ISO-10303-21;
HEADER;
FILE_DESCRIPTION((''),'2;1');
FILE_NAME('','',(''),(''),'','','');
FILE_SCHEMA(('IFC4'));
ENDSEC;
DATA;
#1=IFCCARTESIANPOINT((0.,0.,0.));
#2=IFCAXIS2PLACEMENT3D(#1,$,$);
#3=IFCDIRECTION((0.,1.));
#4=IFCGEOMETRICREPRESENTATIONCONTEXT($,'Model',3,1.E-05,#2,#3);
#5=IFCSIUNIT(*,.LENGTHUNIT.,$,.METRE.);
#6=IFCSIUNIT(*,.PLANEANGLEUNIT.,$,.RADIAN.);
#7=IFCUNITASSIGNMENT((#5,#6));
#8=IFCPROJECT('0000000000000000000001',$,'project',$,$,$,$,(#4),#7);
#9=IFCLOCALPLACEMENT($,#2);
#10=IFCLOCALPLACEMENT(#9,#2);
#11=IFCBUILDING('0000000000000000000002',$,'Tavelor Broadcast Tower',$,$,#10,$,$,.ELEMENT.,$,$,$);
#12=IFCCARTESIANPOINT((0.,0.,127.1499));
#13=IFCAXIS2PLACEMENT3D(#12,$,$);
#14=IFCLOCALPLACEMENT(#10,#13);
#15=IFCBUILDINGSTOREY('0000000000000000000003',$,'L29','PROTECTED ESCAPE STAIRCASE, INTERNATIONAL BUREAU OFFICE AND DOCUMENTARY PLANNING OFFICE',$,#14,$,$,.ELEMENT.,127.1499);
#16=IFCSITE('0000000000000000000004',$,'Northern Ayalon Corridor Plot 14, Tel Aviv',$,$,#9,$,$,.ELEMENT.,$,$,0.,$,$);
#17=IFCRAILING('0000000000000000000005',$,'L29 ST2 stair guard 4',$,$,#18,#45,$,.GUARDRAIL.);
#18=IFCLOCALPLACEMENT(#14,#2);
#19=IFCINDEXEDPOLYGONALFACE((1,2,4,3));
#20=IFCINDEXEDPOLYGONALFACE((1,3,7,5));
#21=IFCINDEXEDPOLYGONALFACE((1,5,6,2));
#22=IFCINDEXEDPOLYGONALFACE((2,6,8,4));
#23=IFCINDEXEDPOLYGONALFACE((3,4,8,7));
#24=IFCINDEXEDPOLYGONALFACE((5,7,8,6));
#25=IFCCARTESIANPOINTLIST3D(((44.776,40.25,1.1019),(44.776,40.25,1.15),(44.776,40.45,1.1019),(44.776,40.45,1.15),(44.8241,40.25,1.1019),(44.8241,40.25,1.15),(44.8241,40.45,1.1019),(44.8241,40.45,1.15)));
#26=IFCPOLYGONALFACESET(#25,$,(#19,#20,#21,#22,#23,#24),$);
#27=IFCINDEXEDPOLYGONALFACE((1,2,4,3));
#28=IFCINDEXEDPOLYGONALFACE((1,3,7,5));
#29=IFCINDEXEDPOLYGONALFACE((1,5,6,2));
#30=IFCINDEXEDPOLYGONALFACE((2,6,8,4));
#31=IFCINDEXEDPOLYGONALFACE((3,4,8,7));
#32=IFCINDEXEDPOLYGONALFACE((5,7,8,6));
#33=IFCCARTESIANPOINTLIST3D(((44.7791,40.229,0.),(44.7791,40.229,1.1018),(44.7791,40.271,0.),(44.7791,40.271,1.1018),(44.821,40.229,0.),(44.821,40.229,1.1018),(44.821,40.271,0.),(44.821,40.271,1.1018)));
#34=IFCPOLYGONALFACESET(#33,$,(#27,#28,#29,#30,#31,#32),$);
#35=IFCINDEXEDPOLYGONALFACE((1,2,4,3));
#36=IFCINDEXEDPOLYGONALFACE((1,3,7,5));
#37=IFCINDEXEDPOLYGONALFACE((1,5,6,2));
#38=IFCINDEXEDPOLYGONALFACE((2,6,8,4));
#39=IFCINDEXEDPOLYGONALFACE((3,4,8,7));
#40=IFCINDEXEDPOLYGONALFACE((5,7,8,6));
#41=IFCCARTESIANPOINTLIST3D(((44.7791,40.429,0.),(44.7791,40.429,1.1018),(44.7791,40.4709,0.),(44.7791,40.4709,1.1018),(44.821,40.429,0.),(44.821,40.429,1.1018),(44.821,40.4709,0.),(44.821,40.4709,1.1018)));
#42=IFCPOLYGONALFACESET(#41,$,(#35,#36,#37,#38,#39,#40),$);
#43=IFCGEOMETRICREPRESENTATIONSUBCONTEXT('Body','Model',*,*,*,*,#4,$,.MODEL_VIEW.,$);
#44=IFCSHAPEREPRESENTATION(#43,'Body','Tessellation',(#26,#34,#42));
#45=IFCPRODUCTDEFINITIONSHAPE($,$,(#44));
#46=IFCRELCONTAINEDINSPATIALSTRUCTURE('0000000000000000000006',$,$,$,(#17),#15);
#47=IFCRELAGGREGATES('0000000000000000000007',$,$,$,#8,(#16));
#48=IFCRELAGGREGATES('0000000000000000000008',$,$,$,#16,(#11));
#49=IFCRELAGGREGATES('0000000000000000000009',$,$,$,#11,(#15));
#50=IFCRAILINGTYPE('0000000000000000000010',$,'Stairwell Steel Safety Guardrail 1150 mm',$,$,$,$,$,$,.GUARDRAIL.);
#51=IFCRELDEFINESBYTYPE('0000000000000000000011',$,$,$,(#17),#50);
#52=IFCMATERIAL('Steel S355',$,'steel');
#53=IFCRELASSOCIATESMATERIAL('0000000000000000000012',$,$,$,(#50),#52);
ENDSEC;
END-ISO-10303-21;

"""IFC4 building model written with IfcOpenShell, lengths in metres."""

from ifc_helpers import new_model, si_unit, direction, frame, origin, origin_2d, place, context, subcontext, project, spatial, rectangle, extrude, material, type_object, element, save


model = new_model("IFC4")

# Units and contexts
model_context = context("Model", 3, precision=1e-05, world=origin(), true_north=direction((0.0, 1.0)))
body_context = subcontext(model_context, "Body", "Model", "MODEL_VIEW")
ifc_project = project(units=[si_unit("LENGTHUNIT", "METRE"), si_unit("PLANEANGLEUNIT", "RADIAN")], contexts=[model_context])

# Site, building, storey
site_placement = place(None, origin())
site = spatial("IfcSite", under=ifc_project, at=site_placement, Name="Northern Ayalon Corridor Plot 14, Tel Aviv", CompositionType="ELEMENT", RefElevation=0.0)
building_placement = place(site_placement, origin())
building = spatial("IfcBuilding", under=site, at=building_placement, Name="Tavelor Broadcast Tower", CompositionType="ELEMENT")
storey_placement = place(building_placement, frame((0.0, 0.0, 127.1499)))
storey = spatial("IfcBuildingStorey", under=building, at=storey_placement, Name="L29", Description="PROTECTED ESCAPE STAIRCASE, INTERNATIONAL BUREAU OFFICE AND DOCUMENTARY PLANNING OFFICE", CompositionType="ELEMENT", Elevation=127.1499)

# Shared definitions
ifc_material_1 = material(Name="Steel S355", Category="steel")

# Railing
railing_type_1 = type_object("IfcRailingType", Name="Stairwell Steel Safety Guardrail 1150 mm", PredefinedType="GUARDRAIL", material=ifc_material_1)
railing_1_placement = place(storey_placement, frame((44.8, 40.25, 0.0)))
element("IfcRailing", 1, at=railing_1_placement, inside=storey, type_object=railing_type_1, Name="L29 ST2 stair guard 4", PredefinedType="GUARDRAIL", context=body_context, shape_type="SweptSolid", body=[
    extrude(rectangle(XDim=0.0481, YDim=0.0481, at=origin_2d()), frame((0.0, 0.0, 1.126), z_axis=(0.0, 1.0, 0.0), x_axis=(-1.0, 0.0, 0.0)), (0.0, 0.0, 1.0), 0.2),
    extrude(rectangle(XDim=0.042, YDim=0.042, at=origin_2d()), origin(), (0.0, 0.0, 1.0), 1.1018),
    extrude(rectangle(XDim=0.042, YDim=0.042, at=origin_2d()), frame((0.0, 0.2, 0.0)), (0.0, 0.0, 1.0), 1.1018),
])

save(model, "model.ifc")
